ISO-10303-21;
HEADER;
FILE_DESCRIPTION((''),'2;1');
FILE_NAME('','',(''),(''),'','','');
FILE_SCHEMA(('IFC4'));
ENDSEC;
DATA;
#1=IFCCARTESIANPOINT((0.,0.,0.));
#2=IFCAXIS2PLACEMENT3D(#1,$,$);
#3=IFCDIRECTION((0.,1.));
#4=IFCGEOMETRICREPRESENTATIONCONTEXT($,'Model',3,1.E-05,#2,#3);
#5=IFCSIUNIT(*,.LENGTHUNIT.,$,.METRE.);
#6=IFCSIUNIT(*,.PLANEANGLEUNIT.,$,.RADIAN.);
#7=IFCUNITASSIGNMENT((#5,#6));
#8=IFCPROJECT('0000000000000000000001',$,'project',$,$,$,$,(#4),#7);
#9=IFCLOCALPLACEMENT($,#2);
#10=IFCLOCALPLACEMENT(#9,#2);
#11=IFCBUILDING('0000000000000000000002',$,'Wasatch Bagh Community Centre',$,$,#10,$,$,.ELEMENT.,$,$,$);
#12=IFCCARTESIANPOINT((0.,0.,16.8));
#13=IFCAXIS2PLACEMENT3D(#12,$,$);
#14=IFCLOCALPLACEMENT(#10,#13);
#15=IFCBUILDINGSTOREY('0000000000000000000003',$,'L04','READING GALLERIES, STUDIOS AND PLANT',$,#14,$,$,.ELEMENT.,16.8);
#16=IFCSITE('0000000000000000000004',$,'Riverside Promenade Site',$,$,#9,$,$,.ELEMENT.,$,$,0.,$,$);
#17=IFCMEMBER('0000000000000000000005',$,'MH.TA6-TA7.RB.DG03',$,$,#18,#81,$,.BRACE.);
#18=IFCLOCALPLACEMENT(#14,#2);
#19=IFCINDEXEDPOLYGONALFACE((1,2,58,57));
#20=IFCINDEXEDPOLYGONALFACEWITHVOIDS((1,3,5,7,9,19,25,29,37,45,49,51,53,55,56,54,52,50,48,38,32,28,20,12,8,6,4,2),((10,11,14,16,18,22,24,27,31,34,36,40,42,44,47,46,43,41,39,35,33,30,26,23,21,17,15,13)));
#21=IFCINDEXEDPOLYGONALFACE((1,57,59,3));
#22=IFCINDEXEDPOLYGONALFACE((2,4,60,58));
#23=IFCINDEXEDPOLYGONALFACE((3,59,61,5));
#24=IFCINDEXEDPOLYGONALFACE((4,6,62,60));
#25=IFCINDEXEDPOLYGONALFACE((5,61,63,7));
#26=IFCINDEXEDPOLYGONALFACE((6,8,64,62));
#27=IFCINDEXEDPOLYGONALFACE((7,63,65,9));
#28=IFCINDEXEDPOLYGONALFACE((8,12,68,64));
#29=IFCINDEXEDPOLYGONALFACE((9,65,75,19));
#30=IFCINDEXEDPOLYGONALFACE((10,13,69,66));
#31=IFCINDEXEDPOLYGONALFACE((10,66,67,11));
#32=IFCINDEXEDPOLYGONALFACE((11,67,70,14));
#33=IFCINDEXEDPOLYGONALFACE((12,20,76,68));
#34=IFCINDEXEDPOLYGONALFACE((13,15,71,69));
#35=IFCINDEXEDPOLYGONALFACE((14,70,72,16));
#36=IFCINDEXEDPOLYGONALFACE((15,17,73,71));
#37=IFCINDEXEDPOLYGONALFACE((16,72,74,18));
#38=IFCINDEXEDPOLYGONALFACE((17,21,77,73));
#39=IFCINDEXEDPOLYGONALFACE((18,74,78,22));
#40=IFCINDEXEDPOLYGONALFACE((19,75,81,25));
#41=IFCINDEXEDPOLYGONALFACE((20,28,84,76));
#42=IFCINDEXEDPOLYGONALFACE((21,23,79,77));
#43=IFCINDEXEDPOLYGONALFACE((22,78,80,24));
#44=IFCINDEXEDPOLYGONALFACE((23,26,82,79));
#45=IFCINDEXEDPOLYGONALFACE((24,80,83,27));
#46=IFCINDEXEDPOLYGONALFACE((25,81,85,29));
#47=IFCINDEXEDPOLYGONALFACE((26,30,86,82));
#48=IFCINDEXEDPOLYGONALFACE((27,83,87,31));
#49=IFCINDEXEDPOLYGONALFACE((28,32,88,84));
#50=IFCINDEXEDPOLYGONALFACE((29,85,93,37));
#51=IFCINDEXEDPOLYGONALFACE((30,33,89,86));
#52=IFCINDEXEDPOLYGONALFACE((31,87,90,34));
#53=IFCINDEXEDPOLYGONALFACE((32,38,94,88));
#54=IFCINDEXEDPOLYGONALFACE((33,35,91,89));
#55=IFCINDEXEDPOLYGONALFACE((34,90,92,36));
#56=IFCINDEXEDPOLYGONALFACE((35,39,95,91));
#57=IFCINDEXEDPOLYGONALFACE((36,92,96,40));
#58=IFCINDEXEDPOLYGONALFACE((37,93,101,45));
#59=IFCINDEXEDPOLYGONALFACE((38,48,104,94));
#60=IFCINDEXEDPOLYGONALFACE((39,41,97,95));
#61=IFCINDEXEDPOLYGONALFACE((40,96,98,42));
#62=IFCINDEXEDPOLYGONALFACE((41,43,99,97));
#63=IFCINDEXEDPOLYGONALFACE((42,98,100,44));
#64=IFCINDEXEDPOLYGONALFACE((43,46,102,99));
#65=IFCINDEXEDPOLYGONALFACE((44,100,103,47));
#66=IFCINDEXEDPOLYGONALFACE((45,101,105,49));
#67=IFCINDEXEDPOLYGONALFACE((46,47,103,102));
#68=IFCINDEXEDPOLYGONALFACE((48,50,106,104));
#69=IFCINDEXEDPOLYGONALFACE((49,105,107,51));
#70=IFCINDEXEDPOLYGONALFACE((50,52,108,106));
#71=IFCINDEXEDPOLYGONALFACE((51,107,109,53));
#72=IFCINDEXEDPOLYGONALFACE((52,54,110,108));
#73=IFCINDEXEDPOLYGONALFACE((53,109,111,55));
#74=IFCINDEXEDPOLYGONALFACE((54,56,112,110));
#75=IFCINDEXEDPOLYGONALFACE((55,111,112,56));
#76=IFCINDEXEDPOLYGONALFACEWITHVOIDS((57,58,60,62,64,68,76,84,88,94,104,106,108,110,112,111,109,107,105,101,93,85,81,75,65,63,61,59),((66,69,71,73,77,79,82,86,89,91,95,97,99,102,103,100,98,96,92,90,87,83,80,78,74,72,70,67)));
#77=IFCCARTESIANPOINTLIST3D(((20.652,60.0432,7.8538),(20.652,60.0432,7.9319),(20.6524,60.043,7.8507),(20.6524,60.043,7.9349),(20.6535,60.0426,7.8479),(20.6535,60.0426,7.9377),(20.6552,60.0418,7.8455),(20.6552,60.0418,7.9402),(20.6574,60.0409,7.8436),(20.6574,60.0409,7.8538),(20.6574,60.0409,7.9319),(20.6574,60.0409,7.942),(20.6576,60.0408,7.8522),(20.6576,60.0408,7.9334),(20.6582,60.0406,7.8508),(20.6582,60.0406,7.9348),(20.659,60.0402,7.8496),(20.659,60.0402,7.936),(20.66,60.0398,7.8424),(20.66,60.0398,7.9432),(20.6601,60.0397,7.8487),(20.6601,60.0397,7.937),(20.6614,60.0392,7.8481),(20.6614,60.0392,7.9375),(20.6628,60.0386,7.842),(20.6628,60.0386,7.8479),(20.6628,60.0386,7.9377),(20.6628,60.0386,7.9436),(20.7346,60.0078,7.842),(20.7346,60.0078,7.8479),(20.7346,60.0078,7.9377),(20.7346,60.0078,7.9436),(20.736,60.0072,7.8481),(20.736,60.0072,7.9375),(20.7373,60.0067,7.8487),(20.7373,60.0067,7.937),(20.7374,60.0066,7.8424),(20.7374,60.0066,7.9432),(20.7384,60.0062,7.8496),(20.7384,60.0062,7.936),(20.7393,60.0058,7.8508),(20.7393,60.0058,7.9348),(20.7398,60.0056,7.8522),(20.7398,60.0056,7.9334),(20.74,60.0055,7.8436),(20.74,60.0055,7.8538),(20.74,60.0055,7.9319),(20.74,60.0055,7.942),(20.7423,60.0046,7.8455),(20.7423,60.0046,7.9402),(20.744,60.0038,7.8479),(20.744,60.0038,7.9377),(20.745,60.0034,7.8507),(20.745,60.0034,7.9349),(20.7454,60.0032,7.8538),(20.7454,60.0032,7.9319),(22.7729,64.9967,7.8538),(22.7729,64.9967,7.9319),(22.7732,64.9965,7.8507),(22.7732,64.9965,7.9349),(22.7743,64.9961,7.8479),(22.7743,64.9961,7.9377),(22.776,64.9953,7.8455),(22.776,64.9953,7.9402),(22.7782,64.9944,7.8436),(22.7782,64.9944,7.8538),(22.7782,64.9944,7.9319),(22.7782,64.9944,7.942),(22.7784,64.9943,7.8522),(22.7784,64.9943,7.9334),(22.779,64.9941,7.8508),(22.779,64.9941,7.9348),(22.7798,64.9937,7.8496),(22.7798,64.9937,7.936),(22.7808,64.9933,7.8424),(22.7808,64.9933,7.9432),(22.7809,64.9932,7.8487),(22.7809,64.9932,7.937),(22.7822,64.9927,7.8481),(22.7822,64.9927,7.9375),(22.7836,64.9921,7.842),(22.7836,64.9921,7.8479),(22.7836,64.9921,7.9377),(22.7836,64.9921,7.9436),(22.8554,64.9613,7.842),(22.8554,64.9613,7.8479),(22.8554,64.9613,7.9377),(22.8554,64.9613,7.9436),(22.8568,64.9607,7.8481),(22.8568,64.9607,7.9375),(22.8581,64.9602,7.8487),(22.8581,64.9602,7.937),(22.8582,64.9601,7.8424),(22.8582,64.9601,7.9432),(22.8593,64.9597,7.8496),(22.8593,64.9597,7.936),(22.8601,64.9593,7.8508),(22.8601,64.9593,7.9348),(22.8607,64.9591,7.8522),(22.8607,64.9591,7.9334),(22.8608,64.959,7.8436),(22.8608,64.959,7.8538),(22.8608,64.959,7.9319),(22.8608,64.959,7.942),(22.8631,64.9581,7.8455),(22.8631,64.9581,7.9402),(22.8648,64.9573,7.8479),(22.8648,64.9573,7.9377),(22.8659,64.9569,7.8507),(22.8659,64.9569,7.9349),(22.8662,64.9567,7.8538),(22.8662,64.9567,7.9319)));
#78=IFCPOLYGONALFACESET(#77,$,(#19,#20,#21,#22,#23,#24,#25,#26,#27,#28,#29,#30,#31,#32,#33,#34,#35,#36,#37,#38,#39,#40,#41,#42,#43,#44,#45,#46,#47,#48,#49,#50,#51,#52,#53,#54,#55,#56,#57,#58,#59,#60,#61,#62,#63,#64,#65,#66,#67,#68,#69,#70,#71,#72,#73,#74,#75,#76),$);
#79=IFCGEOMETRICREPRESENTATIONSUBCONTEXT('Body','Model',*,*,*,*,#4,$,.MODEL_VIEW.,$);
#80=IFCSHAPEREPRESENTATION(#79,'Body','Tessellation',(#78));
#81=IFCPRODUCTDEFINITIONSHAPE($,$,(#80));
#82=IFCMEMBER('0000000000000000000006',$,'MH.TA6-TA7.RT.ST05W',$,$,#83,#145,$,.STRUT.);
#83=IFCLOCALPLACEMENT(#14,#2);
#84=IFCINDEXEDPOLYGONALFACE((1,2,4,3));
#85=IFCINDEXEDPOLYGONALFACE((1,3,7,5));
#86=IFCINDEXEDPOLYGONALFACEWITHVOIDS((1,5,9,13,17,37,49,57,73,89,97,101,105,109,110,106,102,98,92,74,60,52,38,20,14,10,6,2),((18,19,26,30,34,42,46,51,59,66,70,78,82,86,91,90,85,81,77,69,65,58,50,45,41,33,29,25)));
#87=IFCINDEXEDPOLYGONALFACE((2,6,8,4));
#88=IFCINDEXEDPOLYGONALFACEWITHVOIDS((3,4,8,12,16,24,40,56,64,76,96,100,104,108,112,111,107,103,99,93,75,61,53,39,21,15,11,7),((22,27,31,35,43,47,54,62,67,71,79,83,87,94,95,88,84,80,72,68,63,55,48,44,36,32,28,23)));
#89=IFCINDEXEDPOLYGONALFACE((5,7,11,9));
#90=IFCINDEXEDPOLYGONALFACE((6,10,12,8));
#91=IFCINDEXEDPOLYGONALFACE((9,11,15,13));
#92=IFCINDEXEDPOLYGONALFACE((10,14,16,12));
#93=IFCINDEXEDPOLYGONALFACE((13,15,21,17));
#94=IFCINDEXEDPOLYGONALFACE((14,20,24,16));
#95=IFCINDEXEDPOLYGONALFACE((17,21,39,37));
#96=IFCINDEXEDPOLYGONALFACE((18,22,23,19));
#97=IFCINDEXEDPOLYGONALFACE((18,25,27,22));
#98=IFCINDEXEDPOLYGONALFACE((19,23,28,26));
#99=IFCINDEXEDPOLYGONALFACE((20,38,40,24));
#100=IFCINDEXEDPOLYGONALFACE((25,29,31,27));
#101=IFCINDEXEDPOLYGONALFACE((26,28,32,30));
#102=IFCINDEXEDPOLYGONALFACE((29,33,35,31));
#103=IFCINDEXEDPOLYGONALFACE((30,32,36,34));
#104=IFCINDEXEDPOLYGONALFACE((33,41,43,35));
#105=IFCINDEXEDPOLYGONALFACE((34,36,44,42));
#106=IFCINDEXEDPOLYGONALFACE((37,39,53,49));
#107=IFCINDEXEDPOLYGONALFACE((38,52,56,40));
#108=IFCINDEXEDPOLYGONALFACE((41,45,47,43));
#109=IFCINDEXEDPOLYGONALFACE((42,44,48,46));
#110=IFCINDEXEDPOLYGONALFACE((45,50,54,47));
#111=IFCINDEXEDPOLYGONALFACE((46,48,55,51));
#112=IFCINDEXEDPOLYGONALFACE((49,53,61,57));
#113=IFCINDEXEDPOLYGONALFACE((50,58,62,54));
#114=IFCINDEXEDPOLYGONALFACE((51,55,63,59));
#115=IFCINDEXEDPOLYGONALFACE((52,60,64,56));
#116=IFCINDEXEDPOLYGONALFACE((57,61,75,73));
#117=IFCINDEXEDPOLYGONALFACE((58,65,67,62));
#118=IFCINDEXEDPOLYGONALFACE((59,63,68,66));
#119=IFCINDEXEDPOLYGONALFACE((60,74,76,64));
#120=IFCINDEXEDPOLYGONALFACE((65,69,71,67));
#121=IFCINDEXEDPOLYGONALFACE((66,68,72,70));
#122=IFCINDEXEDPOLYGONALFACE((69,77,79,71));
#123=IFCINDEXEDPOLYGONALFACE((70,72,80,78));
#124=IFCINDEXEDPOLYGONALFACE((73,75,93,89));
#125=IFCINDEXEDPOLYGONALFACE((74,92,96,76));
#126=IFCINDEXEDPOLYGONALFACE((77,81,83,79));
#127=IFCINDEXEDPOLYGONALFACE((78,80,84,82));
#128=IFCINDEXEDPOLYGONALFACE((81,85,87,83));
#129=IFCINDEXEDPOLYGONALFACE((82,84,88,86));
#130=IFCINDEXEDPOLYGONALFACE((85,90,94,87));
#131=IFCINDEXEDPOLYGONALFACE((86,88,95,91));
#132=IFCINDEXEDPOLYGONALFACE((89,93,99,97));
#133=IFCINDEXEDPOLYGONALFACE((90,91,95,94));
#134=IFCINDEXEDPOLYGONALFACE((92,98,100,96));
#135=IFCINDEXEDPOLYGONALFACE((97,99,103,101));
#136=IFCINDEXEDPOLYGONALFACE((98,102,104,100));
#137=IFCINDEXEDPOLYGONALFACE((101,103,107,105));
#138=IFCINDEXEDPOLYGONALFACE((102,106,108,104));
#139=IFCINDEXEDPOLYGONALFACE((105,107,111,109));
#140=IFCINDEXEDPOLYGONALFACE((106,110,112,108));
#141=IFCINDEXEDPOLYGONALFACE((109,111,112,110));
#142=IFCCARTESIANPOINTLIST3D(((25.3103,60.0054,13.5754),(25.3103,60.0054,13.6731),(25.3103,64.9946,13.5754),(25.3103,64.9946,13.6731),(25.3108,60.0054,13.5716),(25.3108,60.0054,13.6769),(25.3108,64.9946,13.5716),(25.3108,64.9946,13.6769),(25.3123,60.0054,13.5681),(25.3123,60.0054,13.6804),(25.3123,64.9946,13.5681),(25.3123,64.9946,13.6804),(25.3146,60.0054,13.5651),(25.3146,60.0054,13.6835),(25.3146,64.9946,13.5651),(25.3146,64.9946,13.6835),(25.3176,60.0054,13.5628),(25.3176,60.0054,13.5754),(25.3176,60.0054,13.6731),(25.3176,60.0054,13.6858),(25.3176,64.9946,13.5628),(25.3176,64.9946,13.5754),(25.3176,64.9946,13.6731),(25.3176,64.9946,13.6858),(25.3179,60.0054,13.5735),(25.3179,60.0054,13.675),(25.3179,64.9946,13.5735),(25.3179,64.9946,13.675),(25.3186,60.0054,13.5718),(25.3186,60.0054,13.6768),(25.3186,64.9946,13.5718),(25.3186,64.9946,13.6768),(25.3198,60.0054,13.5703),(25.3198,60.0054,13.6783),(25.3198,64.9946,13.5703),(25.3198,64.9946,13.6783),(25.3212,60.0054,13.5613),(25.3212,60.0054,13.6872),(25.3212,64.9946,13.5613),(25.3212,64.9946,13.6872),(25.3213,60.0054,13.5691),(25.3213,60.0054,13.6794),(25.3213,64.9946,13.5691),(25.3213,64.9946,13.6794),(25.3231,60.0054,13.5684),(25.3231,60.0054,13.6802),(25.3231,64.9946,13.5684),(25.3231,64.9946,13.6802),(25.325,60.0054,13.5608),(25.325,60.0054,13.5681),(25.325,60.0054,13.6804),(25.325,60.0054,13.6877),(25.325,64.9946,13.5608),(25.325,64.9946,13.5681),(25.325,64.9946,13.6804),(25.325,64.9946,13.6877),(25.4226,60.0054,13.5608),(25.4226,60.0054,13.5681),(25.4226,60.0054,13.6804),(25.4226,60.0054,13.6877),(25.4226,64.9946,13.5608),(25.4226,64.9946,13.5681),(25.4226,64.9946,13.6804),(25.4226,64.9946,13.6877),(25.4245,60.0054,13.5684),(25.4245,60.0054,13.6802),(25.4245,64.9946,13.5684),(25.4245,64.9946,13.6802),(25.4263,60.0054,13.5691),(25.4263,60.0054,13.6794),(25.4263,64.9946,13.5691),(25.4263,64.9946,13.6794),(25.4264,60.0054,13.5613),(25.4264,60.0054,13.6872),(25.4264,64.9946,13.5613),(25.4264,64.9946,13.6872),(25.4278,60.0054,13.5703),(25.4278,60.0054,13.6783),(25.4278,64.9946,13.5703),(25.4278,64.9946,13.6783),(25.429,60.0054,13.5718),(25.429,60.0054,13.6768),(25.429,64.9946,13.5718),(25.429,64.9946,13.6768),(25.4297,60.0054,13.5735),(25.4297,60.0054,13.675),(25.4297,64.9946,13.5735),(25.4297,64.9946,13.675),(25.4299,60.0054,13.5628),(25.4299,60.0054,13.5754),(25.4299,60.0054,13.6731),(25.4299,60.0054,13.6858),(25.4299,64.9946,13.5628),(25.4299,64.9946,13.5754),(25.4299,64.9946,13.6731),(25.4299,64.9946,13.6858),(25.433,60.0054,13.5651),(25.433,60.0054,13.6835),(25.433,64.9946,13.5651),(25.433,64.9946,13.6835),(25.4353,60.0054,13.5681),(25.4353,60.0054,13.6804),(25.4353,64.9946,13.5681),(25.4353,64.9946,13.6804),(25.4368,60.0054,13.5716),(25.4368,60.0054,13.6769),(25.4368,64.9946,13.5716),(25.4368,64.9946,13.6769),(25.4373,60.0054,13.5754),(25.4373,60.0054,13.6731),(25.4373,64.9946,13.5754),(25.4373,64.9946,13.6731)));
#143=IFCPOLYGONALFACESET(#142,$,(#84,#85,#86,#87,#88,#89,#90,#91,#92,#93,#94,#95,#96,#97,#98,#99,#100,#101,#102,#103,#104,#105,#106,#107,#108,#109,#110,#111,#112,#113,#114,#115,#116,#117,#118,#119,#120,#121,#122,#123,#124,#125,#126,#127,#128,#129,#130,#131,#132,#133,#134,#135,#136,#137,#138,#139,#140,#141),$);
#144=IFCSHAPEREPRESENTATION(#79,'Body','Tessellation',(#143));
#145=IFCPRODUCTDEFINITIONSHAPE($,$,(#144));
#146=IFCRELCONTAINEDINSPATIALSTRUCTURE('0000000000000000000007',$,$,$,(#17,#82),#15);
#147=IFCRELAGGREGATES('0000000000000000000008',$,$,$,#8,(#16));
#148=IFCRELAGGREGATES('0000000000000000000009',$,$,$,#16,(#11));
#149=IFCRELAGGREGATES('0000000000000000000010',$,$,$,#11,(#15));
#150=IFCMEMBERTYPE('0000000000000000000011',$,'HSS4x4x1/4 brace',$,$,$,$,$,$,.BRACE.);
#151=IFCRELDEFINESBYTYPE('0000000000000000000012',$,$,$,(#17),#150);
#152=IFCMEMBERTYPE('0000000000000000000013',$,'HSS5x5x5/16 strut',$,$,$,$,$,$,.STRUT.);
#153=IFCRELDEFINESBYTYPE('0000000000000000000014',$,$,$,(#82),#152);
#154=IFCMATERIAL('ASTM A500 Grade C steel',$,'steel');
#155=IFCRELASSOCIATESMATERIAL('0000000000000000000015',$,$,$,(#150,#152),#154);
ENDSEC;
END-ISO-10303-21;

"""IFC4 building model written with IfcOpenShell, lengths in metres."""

from ifc_helpers import new_model, si_unit, direction, frame, origin, origin_2d, place, context, subcontext, project, spatial, hollow_rectangle, extrude, material, material_profile, profile_set, type_object, element, save


model = new_model("IFC4")

# Units and contexts
model_context = context("Model", 3, precision=1e-05, world=origin(), true_north=direction((0.0, 1.0)))
body_context = subcontext(model_context, "Body", "Model", "MODEL_VIEW")
ifc_project = project(units=[si_unit("LENGTHUNIT", "METRE"), si_unit("PLANEANGLEUNIT", "RADIAN")], contexts=[model_context])

# Site, building, storey
site_placement = place(None, origin())
site = spatial("IfcSite", under=ifc_project, at=site_placement, Name="Riverside Promenade Site", CompositionType="ELEMENT", RefElevation=0.0)
building_placement = place(site_placement, origin())
building = spatial("IfcBuilding", under=site, at=building_placement, Name="Wasatch Bagh Community Centre", CompositionType="ELEMENT")
storey_placement = place(building_placement, frame((0.0, 0.0, 16.8)))
storey = spatial("IfcBuildingStorey", under=building, at=storey_placement, Name="L04", Description="READING GALLERIES, STUDIOS AND PLANT", CompositionType="ELEMENT", Elevation=16.8)

# Members
ifc_material_1 = material(Name="ASTM A500 Grade C steel", Category="steel")
ifc_material_profile_1 = material_profile(ifc_material_1, hollow_rectangle(XDim=0.1016, YDim=0.1016, WallThickness=0.0059, InnerFilletRadius=0.0059, OuterFilletRadius=0.0117, at=origin_2d()), Name="HSS4x4x1/4")
ifc_profile_set_1 = profile_set([ifc_material_profile_1], Name="ASTM A500 Grade C steel")
member_type_1 = type_object("IfcMemberType", Name="HSS4x4x1/4 brace", PredefinedType="BRACE", material=ifc_profile_set_1)
member_1_placement = place(storey_placement, frame((20.6987, 60.0232, 7.8928), z_axis=(0.393586, 0.919288, 0.0), x_axis=(-0.919288, 0.393586, 0.0)))
element("IfcMember", 1, at=member_1_placement, inside=storey, type_object=member_type_1, Name="MH.TA6-TA7.RB.DG03", PredefinedType="BRACE", context=body_context, shape_type="SweptSolid", body=[
    extrude(hollow_rectangle(XDim=0.1016, YDim=0.1016, WallThickness=0.0059, InnerFilletRadius=0.0059, OuterFilletRadius=0.0117, at=origin_2d()), origin(), (0.0, 0.0, 1.0), 5.3884),
])
ifc_material_profile_2 = material_profile(ifc_material_1, hollow_rectangle(XDim=0.127, YDim=0.127, WallThickness=0.0073, InnerFilletRadius=0.0073, OuterFilletRadius=0.0146, at=origin_2d()), Name="HSS5x5x5/16")
ifc_profile_set_2 = profile_set([ifc_material_profile_2], Name="ASTM A500 Grade C steel")
member_type_2 = type_object("IfcMemberType", Name="HSS5x5x5/16 strut", PredefinedType="STRUT", material=ifc_profile_set_2)
member_2_placement = place(storey_placement, frame((25.3738, 60.0054, 13.6243), z_axis=(0.0, 1.0, 0.0), x_axis=(-1.0, 0.0, 0.0)))
element("IfcMember", 2, at=member_2_placement, inside=storey, type_object=member_type_2, Name="MH.TA6-TA7.RT.ST05W", PredefinedType="STRUT", context=body_context, shape_type="SweptSolid", body=[
    extrude(hollow_rectangle(XDim=0.127, YDim=0.127, WallThickness=0.0073, InnerFilletRadius=0.0073, OuterFilletRadius=0.0146, at=origin_2d()), origin(), (0.0, 0.0, 1.0), 4.9893),
])

save(model, "model.ifc")
